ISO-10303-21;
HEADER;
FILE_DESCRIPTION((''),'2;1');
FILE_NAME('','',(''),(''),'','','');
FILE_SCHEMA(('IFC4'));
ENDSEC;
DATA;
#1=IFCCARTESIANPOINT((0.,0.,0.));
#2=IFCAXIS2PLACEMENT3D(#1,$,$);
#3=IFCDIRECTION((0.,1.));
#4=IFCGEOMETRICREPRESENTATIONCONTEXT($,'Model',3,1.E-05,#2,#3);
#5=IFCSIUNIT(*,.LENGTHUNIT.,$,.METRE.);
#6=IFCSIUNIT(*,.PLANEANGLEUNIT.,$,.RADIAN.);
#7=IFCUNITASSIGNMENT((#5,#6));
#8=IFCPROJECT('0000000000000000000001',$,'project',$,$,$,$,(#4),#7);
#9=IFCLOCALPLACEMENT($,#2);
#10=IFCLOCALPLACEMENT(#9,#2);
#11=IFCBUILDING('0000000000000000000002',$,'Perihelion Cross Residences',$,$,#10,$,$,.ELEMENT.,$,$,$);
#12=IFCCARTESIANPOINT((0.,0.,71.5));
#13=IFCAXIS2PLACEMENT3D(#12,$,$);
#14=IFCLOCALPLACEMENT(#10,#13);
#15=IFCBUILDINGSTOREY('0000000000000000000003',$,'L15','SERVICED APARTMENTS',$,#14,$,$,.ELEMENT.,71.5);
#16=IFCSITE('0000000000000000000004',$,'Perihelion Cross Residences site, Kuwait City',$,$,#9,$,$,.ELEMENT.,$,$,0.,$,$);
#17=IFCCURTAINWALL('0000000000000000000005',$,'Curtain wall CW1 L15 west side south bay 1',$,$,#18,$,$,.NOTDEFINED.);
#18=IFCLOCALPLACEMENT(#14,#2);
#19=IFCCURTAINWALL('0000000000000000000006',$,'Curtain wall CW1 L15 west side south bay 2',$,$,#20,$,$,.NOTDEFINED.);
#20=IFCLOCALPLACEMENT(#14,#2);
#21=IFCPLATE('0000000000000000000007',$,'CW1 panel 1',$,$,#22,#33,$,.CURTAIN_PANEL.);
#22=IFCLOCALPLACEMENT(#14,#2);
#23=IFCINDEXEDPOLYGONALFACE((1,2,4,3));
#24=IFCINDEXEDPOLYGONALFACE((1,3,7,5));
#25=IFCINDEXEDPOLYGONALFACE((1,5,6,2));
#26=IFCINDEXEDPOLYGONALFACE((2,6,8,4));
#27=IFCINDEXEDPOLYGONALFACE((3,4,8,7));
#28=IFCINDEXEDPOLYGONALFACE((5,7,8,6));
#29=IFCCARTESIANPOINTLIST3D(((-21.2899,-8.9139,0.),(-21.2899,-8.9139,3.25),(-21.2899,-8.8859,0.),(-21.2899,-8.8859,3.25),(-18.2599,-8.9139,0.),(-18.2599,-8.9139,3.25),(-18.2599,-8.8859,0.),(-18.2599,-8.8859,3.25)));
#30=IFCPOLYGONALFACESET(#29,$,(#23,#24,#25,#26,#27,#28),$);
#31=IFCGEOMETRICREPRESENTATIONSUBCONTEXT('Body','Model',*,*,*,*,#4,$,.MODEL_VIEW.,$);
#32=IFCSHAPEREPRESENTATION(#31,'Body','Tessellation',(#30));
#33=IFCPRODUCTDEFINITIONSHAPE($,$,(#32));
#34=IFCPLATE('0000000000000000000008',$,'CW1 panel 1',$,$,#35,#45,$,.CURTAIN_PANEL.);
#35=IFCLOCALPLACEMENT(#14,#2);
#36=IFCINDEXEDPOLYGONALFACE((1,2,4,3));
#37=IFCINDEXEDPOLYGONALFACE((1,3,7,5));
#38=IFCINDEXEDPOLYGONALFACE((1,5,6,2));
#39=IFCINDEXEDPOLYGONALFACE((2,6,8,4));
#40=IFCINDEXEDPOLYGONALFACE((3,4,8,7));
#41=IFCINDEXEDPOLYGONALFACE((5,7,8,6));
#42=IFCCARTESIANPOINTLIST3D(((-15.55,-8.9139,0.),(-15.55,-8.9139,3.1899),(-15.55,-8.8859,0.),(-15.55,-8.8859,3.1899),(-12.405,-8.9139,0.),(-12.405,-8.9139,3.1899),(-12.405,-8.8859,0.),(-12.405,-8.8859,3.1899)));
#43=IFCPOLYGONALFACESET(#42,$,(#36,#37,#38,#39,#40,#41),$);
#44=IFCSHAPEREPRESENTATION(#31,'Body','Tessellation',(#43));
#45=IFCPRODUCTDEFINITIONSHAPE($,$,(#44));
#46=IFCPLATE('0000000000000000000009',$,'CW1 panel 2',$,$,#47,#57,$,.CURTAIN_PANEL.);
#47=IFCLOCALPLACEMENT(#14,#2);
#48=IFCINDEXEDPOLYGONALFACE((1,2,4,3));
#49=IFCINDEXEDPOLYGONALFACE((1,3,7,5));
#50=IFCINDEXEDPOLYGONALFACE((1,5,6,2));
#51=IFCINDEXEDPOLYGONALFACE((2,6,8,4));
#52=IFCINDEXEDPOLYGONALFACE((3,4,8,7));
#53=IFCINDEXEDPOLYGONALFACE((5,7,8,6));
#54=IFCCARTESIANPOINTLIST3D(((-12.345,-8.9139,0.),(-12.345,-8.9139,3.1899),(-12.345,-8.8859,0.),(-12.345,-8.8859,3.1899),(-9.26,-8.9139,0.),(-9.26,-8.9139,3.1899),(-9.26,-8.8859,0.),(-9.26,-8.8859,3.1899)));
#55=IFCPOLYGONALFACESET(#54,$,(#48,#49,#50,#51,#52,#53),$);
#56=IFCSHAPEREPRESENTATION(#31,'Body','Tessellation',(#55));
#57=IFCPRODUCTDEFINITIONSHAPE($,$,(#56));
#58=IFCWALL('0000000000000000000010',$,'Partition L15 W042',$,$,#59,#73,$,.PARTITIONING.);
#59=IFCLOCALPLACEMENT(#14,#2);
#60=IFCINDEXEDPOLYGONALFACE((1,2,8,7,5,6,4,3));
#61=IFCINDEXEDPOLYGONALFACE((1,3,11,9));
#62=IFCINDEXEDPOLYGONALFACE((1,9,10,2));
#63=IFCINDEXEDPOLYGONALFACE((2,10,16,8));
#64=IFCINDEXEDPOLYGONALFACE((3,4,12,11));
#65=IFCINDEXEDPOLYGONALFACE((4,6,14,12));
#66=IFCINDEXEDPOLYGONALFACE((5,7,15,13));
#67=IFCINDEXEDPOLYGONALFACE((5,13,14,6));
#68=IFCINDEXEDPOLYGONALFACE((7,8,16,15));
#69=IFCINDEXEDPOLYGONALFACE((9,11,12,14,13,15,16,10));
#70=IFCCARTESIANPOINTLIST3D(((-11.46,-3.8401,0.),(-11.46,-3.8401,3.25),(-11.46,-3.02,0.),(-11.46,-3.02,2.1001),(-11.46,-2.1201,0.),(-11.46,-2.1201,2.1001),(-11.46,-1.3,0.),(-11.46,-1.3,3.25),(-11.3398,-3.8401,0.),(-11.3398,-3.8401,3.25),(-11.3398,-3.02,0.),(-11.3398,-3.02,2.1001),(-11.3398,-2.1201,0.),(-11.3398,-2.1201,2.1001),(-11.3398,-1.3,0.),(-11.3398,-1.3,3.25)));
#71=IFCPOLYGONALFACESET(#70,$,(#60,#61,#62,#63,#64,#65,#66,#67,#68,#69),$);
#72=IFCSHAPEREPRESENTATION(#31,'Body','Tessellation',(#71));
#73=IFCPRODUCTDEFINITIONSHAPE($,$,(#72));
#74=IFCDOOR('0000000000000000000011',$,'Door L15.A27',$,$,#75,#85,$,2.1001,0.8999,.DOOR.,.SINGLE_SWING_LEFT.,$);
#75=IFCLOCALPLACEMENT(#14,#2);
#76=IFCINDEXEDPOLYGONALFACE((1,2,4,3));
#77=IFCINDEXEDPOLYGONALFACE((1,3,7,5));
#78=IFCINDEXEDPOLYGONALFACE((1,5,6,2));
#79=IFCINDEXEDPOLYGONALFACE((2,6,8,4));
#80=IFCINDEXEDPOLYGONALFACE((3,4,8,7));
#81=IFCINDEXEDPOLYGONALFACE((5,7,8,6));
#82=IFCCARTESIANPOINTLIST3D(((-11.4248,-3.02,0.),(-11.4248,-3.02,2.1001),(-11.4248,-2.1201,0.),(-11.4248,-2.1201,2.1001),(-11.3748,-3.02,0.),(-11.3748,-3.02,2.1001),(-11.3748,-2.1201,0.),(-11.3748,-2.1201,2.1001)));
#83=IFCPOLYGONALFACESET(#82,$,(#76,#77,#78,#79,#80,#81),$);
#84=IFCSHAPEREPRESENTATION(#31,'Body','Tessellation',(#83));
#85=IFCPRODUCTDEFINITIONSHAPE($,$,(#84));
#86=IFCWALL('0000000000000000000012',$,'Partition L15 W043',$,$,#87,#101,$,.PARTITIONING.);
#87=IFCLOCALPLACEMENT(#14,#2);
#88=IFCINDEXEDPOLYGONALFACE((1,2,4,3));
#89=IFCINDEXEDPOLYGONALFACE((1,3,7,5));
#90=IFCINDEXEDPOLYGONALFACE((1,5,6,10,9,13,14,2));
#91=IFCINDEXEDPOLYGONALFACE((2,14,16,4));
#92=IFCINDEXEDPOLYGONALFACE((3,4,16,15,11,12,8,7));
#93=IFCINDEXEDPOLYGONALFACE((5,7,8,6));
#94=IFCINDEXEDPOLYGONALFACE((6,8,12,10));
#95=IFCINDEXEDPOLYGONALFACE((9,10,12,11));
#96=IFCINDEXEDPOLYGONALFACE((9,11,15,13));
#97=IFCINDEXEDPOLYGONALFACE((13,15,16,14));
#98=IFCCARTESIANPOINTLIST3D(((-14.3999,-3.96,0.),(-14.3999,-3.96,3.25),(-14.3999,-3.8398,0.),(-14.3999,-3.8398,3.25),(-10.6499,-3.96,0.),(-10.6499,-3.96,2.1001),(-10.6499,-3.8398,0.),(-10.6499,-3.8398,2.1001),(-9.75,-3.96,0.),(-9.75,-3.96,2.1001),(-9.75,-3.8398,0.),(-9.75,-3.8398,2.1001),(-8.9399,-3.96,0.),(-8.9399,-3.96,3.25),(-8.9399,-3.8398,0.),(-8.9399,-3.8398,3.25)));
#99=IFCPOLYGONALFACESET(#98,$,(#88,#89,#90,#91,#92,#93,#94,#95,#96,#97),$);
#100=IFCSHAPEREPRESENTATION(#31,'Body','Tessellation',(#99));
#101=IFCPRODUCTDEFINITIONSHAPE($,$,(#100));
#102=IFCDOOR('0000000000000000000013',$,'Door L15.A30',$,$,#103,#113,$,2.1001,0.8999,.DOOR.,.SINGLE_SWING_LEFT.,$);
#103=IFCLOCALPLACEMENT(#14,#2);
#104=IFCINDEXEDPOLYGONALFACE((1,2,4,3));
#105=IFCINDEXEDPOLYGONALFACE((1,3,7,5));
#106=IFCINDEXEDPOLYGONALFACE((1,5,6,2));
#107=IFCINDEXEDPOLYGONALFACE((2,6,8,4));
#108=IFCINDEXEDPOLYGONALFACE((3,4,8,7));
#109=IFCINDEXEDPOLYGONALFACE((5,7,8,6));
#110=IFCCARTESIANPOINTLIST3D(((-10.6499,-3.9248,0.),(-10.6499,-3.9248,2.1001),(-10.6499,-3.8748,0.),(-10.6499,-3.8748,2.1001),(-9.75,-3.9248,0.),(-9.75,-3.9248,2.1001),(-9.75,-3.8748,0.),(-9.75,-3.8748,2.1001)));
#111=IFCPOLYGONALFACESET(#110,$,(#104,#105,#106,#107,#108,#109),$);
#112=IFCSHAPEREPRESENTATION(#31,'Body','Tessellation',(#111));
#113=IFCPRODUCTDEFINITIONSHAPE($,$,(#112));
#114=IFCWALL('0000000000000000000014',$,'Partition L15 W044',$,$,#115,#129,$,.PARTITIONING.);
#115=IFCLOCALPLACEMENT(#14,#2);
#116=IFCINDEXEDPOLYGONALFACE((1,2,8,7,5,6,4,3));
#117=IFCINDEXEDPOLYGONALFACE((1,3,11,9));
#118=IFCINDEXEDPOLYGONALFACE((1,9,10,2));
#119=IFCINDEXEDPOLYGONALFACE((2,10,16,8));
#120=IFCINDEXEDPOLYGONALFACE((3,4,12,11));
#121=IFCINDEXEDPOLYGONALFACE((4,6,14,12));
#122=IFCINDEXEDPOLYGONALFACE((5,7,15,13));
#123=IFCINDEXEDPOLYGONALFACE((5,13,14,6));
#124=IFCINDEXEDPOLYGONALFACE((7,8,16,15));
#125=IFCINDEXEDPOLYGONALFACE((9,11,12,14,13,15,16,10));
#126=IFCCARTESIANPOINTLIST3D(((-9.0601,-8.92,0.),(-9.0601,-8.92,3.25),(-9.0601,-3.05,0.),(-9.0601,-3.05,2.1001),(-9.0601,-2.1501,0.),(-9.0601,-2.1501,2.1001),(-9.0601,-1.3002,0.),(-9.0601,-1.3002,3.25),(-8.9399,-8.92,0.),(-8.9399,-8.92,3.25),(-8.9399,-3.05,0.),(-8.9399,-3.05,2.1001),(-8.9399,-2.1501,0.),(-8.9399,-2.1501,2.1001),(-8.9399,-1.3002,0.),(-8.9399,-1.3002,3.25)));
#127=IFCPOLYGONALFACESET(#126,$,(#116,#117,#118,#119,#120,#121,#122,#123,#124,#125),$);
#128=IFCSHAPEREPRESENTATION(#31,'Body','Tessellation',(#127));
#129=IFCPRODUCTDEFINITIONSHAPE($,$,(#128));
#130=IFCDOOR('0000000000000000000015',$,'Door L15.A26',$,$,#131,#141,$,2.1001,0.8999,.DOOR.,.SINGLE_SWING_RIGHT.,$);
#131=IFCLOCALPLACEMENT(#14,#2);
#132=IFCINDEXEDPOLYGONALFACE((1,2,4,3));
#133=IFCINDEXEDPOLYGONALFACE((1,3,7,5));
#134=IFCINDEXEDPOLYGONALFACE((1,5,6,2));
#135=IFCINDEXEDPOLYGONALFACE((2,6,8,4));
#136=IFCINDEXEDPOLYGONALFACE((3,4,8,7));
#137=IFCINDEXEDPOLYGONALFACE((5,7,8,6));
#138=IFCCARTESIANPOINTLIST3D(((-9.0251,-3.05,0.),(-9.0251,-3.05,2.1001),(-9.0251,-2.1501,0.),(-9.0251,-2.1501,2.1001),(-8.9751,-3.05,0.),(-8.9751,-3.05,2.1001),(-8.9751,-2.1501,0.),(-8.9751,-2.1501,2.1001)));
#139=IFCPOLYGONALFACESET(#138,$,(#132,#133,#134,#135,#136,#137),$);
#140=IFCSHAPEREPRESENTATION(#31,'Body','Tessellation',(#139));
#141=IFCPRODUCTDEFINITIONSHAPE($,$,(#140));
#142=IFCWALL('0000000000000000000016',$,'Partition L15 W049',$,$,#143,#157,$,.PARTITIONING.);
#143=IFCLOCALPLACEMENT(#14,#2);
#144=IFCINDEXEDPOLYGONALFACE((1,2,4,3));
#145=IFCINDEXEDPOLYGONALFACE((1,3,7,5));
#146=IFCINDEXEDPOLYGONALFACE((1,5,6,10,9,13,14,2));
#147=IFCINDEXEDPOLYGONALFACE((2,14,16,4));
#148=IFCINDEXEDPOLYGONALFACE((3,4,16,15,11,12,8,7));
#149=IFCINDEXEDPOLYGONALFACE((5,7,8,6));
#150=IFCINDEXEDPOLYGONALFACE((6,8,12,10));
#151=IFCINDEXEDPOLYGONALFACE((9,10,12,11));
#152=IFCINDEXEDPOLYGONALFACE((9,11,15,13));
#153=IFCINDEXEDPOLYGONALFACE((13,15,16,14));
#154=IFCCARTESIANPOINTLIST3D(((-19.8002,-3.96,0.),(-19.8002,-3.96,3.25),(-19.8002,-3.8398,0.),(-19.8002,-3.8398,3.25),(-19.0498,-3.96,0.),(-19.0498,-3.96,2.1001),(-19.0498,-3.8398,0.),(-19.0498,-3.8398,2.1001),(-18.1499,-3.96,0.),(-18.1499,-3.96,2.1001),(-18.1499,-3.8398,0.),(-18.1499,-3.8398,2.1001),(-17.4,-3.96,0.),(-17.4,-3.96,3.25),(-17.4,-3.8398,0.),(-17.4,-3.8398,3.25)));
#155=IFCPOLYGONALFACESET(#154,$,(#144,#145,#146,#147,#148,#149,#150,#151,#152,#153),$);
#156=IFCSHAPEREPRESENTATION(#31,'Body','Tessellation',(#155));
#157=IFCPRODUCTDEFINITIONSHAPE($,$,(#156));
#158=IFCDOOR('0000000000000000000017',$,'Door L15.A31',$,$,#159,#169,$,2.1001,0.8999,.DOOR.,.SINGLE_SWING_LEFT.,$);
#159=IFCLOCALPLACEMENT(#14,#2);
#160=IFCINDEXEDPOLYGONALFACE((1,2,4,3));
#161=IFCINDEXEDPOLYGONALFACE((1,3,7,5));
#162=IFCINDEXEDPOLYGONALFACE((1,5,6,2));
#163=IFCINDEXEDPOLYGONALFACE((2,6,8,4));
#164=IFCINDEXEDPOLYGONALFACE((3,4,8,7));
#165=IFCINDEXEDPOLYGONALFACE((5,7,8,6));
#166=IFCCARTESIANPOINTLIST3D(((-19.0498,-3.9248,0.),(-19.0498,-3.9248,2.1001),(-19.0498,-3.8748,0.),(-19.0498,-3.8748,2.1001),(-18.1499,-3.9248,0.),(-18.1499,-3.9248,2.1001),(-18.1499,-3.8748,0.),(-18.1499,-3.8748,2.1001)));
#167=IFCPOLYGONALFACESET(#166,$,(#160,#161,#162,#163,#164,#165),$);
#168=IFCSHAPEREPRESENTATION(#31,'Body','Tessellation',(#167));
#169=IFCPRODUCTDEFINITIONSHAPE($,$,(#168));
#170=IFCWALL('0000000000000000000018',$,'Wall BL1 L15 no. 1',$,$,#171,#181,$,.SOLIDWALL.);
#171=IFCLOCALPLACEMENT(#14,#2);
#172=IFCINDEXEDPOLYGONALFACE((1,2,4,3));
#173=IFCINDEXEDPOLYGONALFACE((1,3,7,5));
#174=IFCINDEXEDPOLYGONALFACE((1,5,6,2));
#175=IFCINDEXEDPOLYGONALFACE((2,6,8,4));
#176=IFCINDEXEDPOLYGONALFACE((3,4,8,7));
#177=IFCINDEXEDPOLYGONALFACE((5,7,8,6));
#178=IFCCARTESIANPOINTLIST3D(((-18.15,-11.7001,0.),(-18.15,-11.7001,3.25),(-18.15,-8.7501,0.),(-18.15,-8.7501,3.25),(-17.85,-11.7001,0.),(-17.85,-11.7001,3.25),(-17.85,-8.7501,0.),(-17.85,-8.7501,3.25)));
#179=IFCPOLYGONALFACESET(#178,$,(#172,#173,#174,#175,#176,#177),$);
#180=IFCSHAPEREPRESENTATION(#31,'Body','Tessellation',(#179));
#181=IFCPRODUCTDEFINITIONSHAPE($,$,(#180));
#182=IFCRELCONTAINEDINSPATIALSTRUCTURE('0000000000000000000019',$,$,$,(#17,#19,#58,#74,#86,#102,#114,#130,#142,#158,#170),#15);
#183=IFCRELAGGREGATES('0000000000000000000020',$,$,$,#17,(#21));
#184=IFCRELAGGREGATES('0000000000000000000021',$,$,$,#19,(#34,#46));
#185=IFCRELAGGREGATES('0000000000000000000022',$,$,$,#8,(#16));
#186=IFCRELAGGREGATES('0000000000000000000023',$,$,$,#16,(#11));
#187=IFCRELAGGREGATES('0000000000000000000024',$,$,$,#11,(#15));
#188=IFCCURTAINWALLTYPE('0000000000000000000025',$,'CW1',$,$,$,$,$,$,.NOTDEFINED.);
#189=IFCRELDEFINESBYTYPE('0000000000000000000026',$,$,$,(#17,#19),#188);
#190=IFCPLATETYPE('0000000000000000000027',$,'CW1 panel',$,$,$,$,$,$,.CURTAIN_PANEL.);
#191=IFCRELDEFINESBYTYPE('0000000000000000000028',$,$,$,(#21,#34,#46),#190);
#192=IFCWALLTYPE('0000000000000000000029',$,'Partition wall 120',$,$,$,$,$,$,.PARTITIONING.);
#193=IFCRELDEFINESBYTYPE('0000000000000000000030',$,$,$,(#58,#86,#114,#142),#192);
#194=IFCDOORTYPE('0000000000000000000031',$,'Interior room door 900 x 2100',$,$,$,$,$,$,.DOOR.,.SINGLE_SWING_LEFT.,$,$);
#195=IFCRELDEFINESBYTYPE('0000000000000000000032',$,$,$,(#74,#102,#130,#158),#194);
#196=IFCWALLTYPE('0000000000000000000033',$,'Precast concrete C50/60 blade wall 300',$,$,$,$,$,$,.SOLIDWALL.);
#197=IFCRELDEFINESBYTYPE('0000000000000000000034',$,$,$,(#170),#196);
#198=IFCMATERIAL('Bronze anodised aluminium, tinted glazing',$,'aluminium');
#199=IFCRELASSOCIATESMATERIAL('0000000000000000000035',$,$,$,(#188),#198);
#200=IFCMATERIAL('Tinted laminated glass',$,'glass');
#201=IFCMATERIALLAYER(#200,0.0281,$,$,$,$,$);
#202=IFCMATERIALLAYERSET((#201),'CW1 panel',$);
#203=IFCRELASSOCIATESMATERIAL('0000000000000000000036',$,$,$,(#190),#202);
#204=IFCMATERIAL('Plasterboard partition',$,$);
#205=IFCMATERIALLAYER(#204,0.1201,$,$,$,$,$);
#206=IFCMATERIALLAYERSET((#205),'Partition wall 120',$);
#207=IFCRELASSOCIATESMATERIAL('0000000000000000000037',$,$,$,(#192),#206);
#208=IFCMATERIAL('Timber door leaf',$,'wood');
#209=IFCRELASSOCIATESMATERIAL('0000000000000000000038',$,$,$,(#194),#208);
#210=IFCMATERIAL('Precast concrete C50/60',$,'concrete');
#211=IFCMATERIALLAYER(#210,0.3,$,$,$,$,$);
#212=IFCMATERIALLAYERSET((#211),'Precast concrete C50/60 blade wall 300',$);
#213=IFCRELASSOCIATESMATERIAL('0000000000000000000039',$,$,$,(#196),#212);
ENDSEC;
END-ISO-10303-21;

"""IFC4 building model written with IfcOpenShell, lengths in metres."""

from ifc_helpers import new_model, si_unit, direction, frame, frame_2d, origin, origin_2d, place, context, subcontext, project, spatial, rectangle, extrude, material, layer, layer_set, type_object, element, fill, aggregate, save


model = new_model("IFC4")

# Units and contexts
model_context = context("Model", 3, precision=1e-05, world=origin(), true_north=direction((0.0, 1.0)))
body_context = subcontext(model_context, "Body", "Model", "MODEL_VIEW")
ifc_project = project(units=[si_unit("LENGTHUNIT", "METRE"), si_unit("PLANEANGLEUNIT", "RADIAN")], contexts=[model_context])

# Site, building, storey
site_placement = place(None, origin())
site = spatial("IfcSite", under=ifc_project, at=site_placement, Name="Perihelion Cross Residences site, Kuwait City", CompositionType="ELEMENT", RefElevation=0.0)
building_placement = place(site_placement, origin())
building = spatial("IfcBuilding", under=site, at=building_placement, Name="Perihelion Cross Residences", CompositionType="ELEMENT")
storey_placement = place(building_placement, frame((0.0, 0.0, 71.5)))
storey = spatial("IfcBuildingStorey", under=building, at=storey_placement, Name="L15", Description="SERVICED APARTMENTS", CompositionType="ELEMENT", Elevation=71.5)

# Curtain wall
ifc_material_1 = material(Name="Bronze anodised aluminium, tinted glazing", Category="aluminium")
curtain_wall_type = type_object("IfcCurtainWallType", Name="CW1", PredefinedType="NOTDEFINED", material=ifc_material_1)
curtain_wall_1_placement = place(storey_placement, origin())
curtain_wall_1 = element("IfcCurtainWall", 1, at=curtain_wall_1_placement, inside=storey, type_object=curtain_wall_type, Name="Curtain wall CW1 L15 west side south bay 1", PredefinedType="NOTDEFINED")

# Curtain wall
curtain_wall_2_placement = place(storey_placement, origin())
curtain_wall_2 = element("IfcCurtainWall", 2, at=curtain_wall_2_placement, inside=storey, type_object=curtain_wall_type, Name="Curtain wall CW1 L15 west side south bay 2", PredefinedType="NOTDEFINED")

# Plates
ifc_material_2 = material(Name="Tinted laminated glass", Category="glass")
ifc_layer_1 = layer(ifc_material_2, 0.0281)
ifc_layer_set_1 = layer_set([ifc_layer_1], Name="CW1 panel")
plate_type = type_object("IfcPlateType", Name="CW1 panel", PredefinedType="CURTAIN_PANEL", material=ifc_layer_set_1)
plate_1_placement = place(storey_placement, frame((-19.7749, -8.8999, 0.0), z_axis=(0.0, 0.0, 1.0), x_axis=(1.0, 0.0, 0.0)))
plate_1 = element("IfcPlate", 3, at=plate_1_placement, type_object=plate_type, Name="CW1 panel 1", PredefinedType="CURTAIN_PANEL", context=body_context, shape_type="SweptSolid", body=[
    extrude(rectangle(XDim=3.03, YDim=0.0281, at=origin_2d()), origin(), (0.0, 0.0, 1.0), 3.25),
])
aggregate(curtain_wall_1, [plate_1])
plate_2_placement = place(storey_placement, frame((-13.9775, -8.8999, 0.0), z_axis=(0.0, 0.0, 1.0), x_axis=(1.0, 0.0, 0.0)))
plate_2 = element("IfcPlate", 4, at=plate_2_placement, type_object=plate_type, Name="CW1 panel 1", PredefinedType="CURTAIN_PANEL", context=body_context, shape_type="SweptSolid", body=[
    extrude(rectangle(XDim=3.145, YDim=0.0281, at=origin_2d()), origin(), (0.0, 0.0, 1.0), 3.1899),
])
plate_3_placement = place(storey_placement, frame((-10.8025, -8.8999, 0.0), z_axis=(0.0, 0.0, 1.0), x_axis=(1.0, 0.0, 0.0)))
plate_3 = element("IfcPlate", 5, at=plate_3_placement, type_object=plate_type, Name="CW1 panel 2", PredefinedType="CURTAIN_PANEL", context=body_context, shape_type="SweptSolid", body=[
    extrude(rectangle(XDim=3.085, YDim=0.0281, at=origin_2d()), origin(), (0.0, 0.0, 1.0), 3.1899),
])
aggregate(curtain_wall_2, [plate_2, plate_3])

# Walls, openings, doors
ifc_material_3 = material(Name="Plasterboard partition")
ifc_layer_2 = layer(ifc_material_3, 0.1201)
ifc_layer_set_2 = layer_set([ifc_layer_2], Name="Partition wall 120")
wall_type_1 = type_object("IfcWallType", Name="Partition wall 120", PredefinedType="PARTITIONING", material=ifc_layer_set_2)
wall_1_placement = place(storey_placement, frame((-11.3999, -3.8401, 0.0), z_axis=(0.0, 0.0, 1.0), x_axis=(0.0, 1.0, 0.0)))
wall_1 = element("IfcWall", 6, at=wall_1_placement, inside=storey, type_object=wall_type_1, Name="Partition L15 W042", PredefinedType="PARTITIONING", context=body_context, shape_type="SweptSolid", body=[
    extrude(rectangle(XDim=2.54, YDim=0.1201, at=frame_2d((1.27, 0.0))), origin(), (0.0, 0.0, 1.0), 3.25),
])
opening_1_placement = place(wall_1_placement, frame((0.8201, 0.0, 0.0)))
opening_1 = element("IfcOpeningElement", 7, at=opening_1_placement, cuts=wall_1, PredefinedType="OPENING", context=body_context, shape_type="SweptSolid", body=[
    extrude(rectangle(XDim=0.8999, YDim=2.1001, at=frame_2d((0.45, 1.05))), frame((0.0, 0.0701, 0.0), z_axis=(0.0, -1.0, 0.0), x_axis=(1.0, 0.0, 0.0)), (0.0, 0.0, 1.0), 0.1401),
])
ifc_material_4 = material(Name="Timber door leaf", Category="wood")
door_type_1 = type_object("IfcDoorType", Name="Interior room door 900 x 2100", OperationType="SINGLE_SWING_LEFT", PredefinedType="DOOR", material=ifc_material_4)
door_1_placement = place(opening_1_placement, origin())
door_1 = element("IfcDoor", 8, at=door_1_placement, inside=storey, type_object=door_type_1, Name="Door L15.A27", OperationType="SINGLE_SWING_LEFT", OverallHeight=2.1001, OverallWidth=0.8999, PredefinedType="DOOR", context=body_context, shape_type="SweptSolid", body=[
    extrude(rectangle(XDim=0.8999, YDim=2.1001, at=frame_2d((0.45, 1.05))), frame((0.0, 0.0249, 0.0), z_axis=(0.0, -1.0, 0.0), x_axis=(1.0, 0.0, 0.0)), (0.0, 0.0, 1.0), 0.05),
])
fill(opening_1, door_1)
wall_2_placement = place(storey_placement, frame((-8.9399, -3.8999, 0.0), z_axis=(0.0, 0.0, 1.0), x_axis=(-1.0, 0.0, 0.0)))
wall_2 = element("IfcWall", 9, at=wall_2_placement, inside=storey, type_object=wall_type_1, Name="Partition L15 W043", PredefinedType="PARTITIONING", context=body_context, shape_type="SweptSolid", body=[
    extrude(rectangle(XDim=5.46, YDim=0.1201, at=frame_2d((2.73, 0.0))), origin(), (0.0, 0.0, 1.0), 3.25),
])
opening_2_placement = place(wall_2_placement, frame((0.8101, 0.0, 0.0)))
opening_2 = element("IfcOpeningElement", 10, at=opening_2_placement, cuts=wall_2, PredefinedType="OPENING", context=body_context, shape_type="SweptSolid", body=[
    extrude(rectangle(XDim=0.8999, YDim=2.1001, at=frame_2d((0.45, 1.05))), frame((0.0, 0.0701, 0.0), z_axis=(0.0, -1.0, 0.0), x_axis=(1.0, 0.0, 0.0)), (0.0, 0.0, 1.0), 0.1401),
])
door_2_placement = place(opening_2_placement, origin())
door_2 = element("IfcDoor", 11, at=door_2_placement, inside=storey, type_object=door_type_1, Name="Door L15.A30", OperationType="SINGLE_SWING_LEFT", OverallHeight=2.1001, OverallWidth=0.8999, PredefinedType="DOOR", context=body_context, shape_type="SweptSolid", body=[
    extrude(rectangle(XDim=0.8999, YDim=2.1001, at=frame_2d((0.45, 1.05))), frame((0.0, 0.0249, 0.0), z_axis=(0.0, -1.0, 0.0), x_axis=(1.0, 0.0, 0.0)), (0.0, 0.0, 1.0), 0.05),
])
fill(opening_2, door_2)
wall_3_placement = place(storey_placement, frame((-9.0, -1.3, 0.0), z_axis=(0.0, 0.0, 1.0), x_axis=(0.0, -1.0, 0.0)))
wall_3 = element("IfcWall", 12, at=wall_3_placement, inside=storey, type_object=wall_type_1, Name="Partition L15 W044", PredefinedType="PARTITIONING", context=body_context, shape_type="SweptSolid", body=[
    extrude(rectangle(XDim=7.6199, YDim=0.1201, at=frame_2d((3.8101, 0.0))), origin(), (0.0, 0.0, 1.0), 3.25),
])
opening_3_placement = place(wall_3_placement, frame((0.8501, 0.0, 0.0)))
opening_3 = element("IfcOpeningElement", 13, at=opening_3_placement, cuts=wall_3, PredefinedType="OPENING", context=body_context, shape_type="SweptSolid", body=[
    extrude(rectangle(XDim=0.8999, YDim=2.1001, at=frame_2d((0.45, 1.05))), frame((0.0, 0.0701, 0.0), z_axis=(0.0, -1.0, 0.0), x_axis=(1.0, 0.0, 0.0)), (0.0, 0.0, 1.0), 0.1401),
])
door_3_placement = place(opening_3_placement, origin())
door_3 = element("IfcDoor", 14, at=door_3_placement, inside=storey, type_object=door_type_1, Name="Door L15.A26", OperationType="SINGLE_SWING_RIGHT", OverallHeight=2.1001, OverallWidth=0.8999, PredefinedType="DOOR", context=body_context, shape_type="SweptSolid", body=[
    extrude(rectangle(XDim=0.8999, YDim=2.1001, at=frame_2d((0.45, 1.05))), frame((0.0, 0.0249, 0.0), z_axis=(0.0, -1.0, 0.0), x_axis=(1.0, 0.0, 0.0)), (0.0, 0.0, 1.0), 0.05),
])
fill(opening_3, door_3)
wall_4_placement = place(storey_placement, frame((-17.3999, -3.8999, 0.0), z_axis=(0.0, 0.0, 1.0), x_axis=(-1.0, 0.0, 0.0)))
wall_4 = element("IfcWall", 15, at=wall_4_placement, inside=storey, type_object=wall_type_1, Name="Partition L15 W049", PredefinedType="PARTITIONING", context=body_context, shape_type="SweptSolid", body=[
    extrude(rectangle(XDim=2.4001, YDim=0.1201, at=frame_2d((1.2002, 0.0))), origin(), (0.0, 0.0, 1.0), 3.25),
])
opening_4_placement = place(wall_4_placement, frame((0.75, 0.0, 0.0)))
opening_4 = element("IfcOpeningElement", 16, at=opening_4_placement, cuts=wall_4, PredefinedType="OPENING", context=body_context, shape_type="SweptSolid", body=[
    extrude(rectangle(XDim=0.8999, YDim=2.1001, at=frame_2d((0.45, 1.05))), frame((0.0, 0.0701, 0.0), z_axis=(0.0, -1.0, 0.0), x_axis=(1.0, 0.0, 0.0)), (0.0, 0.0, 1.0), 0.1401),
])
door_4_placement = place(opening_4_placement, origin())
door_4 = element("IfcDoor", 17, at=door_4_placement, inside=storey, type_object=door_type_1, Name="Door L15.A31", OperationType="SINGLE_SWING_LEFT", OverallHeight=2.1001, OverallWidth=0.8999, PredefinedType="DOOR", context=body_context, shape_type="SweptSolid", body=[
    extrude(rectangle(XDim=0.8999, YDim=2.1001, at=frame_2d((0.45, 1.05))), frame((0.0, 0.0249, 0.0), z_axis=(0.0, -1.0, 0.0), x_axis=(1.0, 0.0, 0.0)), (0.0, 0.0, 1.0), 0.05),
])
fill(opening_4, door_4)

# Wall
ifc_material_5 = material(Name="Precast concrete C50/60", Category="concrete")
ifc_layer_3 = layer(ifc_material_5, 0.3)
ifc_layer_set_3 = layer_set([ifc_layer_3], Name="Precast concrete C50/60 blade wall 300")
wall_type_2 = type_object("IfcWallType", Name="Precast concrete C50/60 blade wall 300", PredefinedType="SOLIDWALL", material=ifc_layer_set_3)
wall_5_placement = place(storey_placement, frame((-18.0, -8.75, 0.0), z_axis=(0.0, 0.0, 1.0), x_axis=(0.0, -1.0, 0.0)))
element("IfcWall", 18, at=wall_5_placement, inside=storey, type_object=wall_type_2, Name="Wall BL1 L15 no. 1", PredefinedType="SOLIDWALL", context=body_context, shape_type="SweptSolid", body=[
    extrude(rectangle(XDim=2.95, YDim=0.3, at=frame_2d((1.4751, 0.0))), origin(), (0.0, 0.0, 1.0), 3.25),
])

save(model, "model.ifc")
